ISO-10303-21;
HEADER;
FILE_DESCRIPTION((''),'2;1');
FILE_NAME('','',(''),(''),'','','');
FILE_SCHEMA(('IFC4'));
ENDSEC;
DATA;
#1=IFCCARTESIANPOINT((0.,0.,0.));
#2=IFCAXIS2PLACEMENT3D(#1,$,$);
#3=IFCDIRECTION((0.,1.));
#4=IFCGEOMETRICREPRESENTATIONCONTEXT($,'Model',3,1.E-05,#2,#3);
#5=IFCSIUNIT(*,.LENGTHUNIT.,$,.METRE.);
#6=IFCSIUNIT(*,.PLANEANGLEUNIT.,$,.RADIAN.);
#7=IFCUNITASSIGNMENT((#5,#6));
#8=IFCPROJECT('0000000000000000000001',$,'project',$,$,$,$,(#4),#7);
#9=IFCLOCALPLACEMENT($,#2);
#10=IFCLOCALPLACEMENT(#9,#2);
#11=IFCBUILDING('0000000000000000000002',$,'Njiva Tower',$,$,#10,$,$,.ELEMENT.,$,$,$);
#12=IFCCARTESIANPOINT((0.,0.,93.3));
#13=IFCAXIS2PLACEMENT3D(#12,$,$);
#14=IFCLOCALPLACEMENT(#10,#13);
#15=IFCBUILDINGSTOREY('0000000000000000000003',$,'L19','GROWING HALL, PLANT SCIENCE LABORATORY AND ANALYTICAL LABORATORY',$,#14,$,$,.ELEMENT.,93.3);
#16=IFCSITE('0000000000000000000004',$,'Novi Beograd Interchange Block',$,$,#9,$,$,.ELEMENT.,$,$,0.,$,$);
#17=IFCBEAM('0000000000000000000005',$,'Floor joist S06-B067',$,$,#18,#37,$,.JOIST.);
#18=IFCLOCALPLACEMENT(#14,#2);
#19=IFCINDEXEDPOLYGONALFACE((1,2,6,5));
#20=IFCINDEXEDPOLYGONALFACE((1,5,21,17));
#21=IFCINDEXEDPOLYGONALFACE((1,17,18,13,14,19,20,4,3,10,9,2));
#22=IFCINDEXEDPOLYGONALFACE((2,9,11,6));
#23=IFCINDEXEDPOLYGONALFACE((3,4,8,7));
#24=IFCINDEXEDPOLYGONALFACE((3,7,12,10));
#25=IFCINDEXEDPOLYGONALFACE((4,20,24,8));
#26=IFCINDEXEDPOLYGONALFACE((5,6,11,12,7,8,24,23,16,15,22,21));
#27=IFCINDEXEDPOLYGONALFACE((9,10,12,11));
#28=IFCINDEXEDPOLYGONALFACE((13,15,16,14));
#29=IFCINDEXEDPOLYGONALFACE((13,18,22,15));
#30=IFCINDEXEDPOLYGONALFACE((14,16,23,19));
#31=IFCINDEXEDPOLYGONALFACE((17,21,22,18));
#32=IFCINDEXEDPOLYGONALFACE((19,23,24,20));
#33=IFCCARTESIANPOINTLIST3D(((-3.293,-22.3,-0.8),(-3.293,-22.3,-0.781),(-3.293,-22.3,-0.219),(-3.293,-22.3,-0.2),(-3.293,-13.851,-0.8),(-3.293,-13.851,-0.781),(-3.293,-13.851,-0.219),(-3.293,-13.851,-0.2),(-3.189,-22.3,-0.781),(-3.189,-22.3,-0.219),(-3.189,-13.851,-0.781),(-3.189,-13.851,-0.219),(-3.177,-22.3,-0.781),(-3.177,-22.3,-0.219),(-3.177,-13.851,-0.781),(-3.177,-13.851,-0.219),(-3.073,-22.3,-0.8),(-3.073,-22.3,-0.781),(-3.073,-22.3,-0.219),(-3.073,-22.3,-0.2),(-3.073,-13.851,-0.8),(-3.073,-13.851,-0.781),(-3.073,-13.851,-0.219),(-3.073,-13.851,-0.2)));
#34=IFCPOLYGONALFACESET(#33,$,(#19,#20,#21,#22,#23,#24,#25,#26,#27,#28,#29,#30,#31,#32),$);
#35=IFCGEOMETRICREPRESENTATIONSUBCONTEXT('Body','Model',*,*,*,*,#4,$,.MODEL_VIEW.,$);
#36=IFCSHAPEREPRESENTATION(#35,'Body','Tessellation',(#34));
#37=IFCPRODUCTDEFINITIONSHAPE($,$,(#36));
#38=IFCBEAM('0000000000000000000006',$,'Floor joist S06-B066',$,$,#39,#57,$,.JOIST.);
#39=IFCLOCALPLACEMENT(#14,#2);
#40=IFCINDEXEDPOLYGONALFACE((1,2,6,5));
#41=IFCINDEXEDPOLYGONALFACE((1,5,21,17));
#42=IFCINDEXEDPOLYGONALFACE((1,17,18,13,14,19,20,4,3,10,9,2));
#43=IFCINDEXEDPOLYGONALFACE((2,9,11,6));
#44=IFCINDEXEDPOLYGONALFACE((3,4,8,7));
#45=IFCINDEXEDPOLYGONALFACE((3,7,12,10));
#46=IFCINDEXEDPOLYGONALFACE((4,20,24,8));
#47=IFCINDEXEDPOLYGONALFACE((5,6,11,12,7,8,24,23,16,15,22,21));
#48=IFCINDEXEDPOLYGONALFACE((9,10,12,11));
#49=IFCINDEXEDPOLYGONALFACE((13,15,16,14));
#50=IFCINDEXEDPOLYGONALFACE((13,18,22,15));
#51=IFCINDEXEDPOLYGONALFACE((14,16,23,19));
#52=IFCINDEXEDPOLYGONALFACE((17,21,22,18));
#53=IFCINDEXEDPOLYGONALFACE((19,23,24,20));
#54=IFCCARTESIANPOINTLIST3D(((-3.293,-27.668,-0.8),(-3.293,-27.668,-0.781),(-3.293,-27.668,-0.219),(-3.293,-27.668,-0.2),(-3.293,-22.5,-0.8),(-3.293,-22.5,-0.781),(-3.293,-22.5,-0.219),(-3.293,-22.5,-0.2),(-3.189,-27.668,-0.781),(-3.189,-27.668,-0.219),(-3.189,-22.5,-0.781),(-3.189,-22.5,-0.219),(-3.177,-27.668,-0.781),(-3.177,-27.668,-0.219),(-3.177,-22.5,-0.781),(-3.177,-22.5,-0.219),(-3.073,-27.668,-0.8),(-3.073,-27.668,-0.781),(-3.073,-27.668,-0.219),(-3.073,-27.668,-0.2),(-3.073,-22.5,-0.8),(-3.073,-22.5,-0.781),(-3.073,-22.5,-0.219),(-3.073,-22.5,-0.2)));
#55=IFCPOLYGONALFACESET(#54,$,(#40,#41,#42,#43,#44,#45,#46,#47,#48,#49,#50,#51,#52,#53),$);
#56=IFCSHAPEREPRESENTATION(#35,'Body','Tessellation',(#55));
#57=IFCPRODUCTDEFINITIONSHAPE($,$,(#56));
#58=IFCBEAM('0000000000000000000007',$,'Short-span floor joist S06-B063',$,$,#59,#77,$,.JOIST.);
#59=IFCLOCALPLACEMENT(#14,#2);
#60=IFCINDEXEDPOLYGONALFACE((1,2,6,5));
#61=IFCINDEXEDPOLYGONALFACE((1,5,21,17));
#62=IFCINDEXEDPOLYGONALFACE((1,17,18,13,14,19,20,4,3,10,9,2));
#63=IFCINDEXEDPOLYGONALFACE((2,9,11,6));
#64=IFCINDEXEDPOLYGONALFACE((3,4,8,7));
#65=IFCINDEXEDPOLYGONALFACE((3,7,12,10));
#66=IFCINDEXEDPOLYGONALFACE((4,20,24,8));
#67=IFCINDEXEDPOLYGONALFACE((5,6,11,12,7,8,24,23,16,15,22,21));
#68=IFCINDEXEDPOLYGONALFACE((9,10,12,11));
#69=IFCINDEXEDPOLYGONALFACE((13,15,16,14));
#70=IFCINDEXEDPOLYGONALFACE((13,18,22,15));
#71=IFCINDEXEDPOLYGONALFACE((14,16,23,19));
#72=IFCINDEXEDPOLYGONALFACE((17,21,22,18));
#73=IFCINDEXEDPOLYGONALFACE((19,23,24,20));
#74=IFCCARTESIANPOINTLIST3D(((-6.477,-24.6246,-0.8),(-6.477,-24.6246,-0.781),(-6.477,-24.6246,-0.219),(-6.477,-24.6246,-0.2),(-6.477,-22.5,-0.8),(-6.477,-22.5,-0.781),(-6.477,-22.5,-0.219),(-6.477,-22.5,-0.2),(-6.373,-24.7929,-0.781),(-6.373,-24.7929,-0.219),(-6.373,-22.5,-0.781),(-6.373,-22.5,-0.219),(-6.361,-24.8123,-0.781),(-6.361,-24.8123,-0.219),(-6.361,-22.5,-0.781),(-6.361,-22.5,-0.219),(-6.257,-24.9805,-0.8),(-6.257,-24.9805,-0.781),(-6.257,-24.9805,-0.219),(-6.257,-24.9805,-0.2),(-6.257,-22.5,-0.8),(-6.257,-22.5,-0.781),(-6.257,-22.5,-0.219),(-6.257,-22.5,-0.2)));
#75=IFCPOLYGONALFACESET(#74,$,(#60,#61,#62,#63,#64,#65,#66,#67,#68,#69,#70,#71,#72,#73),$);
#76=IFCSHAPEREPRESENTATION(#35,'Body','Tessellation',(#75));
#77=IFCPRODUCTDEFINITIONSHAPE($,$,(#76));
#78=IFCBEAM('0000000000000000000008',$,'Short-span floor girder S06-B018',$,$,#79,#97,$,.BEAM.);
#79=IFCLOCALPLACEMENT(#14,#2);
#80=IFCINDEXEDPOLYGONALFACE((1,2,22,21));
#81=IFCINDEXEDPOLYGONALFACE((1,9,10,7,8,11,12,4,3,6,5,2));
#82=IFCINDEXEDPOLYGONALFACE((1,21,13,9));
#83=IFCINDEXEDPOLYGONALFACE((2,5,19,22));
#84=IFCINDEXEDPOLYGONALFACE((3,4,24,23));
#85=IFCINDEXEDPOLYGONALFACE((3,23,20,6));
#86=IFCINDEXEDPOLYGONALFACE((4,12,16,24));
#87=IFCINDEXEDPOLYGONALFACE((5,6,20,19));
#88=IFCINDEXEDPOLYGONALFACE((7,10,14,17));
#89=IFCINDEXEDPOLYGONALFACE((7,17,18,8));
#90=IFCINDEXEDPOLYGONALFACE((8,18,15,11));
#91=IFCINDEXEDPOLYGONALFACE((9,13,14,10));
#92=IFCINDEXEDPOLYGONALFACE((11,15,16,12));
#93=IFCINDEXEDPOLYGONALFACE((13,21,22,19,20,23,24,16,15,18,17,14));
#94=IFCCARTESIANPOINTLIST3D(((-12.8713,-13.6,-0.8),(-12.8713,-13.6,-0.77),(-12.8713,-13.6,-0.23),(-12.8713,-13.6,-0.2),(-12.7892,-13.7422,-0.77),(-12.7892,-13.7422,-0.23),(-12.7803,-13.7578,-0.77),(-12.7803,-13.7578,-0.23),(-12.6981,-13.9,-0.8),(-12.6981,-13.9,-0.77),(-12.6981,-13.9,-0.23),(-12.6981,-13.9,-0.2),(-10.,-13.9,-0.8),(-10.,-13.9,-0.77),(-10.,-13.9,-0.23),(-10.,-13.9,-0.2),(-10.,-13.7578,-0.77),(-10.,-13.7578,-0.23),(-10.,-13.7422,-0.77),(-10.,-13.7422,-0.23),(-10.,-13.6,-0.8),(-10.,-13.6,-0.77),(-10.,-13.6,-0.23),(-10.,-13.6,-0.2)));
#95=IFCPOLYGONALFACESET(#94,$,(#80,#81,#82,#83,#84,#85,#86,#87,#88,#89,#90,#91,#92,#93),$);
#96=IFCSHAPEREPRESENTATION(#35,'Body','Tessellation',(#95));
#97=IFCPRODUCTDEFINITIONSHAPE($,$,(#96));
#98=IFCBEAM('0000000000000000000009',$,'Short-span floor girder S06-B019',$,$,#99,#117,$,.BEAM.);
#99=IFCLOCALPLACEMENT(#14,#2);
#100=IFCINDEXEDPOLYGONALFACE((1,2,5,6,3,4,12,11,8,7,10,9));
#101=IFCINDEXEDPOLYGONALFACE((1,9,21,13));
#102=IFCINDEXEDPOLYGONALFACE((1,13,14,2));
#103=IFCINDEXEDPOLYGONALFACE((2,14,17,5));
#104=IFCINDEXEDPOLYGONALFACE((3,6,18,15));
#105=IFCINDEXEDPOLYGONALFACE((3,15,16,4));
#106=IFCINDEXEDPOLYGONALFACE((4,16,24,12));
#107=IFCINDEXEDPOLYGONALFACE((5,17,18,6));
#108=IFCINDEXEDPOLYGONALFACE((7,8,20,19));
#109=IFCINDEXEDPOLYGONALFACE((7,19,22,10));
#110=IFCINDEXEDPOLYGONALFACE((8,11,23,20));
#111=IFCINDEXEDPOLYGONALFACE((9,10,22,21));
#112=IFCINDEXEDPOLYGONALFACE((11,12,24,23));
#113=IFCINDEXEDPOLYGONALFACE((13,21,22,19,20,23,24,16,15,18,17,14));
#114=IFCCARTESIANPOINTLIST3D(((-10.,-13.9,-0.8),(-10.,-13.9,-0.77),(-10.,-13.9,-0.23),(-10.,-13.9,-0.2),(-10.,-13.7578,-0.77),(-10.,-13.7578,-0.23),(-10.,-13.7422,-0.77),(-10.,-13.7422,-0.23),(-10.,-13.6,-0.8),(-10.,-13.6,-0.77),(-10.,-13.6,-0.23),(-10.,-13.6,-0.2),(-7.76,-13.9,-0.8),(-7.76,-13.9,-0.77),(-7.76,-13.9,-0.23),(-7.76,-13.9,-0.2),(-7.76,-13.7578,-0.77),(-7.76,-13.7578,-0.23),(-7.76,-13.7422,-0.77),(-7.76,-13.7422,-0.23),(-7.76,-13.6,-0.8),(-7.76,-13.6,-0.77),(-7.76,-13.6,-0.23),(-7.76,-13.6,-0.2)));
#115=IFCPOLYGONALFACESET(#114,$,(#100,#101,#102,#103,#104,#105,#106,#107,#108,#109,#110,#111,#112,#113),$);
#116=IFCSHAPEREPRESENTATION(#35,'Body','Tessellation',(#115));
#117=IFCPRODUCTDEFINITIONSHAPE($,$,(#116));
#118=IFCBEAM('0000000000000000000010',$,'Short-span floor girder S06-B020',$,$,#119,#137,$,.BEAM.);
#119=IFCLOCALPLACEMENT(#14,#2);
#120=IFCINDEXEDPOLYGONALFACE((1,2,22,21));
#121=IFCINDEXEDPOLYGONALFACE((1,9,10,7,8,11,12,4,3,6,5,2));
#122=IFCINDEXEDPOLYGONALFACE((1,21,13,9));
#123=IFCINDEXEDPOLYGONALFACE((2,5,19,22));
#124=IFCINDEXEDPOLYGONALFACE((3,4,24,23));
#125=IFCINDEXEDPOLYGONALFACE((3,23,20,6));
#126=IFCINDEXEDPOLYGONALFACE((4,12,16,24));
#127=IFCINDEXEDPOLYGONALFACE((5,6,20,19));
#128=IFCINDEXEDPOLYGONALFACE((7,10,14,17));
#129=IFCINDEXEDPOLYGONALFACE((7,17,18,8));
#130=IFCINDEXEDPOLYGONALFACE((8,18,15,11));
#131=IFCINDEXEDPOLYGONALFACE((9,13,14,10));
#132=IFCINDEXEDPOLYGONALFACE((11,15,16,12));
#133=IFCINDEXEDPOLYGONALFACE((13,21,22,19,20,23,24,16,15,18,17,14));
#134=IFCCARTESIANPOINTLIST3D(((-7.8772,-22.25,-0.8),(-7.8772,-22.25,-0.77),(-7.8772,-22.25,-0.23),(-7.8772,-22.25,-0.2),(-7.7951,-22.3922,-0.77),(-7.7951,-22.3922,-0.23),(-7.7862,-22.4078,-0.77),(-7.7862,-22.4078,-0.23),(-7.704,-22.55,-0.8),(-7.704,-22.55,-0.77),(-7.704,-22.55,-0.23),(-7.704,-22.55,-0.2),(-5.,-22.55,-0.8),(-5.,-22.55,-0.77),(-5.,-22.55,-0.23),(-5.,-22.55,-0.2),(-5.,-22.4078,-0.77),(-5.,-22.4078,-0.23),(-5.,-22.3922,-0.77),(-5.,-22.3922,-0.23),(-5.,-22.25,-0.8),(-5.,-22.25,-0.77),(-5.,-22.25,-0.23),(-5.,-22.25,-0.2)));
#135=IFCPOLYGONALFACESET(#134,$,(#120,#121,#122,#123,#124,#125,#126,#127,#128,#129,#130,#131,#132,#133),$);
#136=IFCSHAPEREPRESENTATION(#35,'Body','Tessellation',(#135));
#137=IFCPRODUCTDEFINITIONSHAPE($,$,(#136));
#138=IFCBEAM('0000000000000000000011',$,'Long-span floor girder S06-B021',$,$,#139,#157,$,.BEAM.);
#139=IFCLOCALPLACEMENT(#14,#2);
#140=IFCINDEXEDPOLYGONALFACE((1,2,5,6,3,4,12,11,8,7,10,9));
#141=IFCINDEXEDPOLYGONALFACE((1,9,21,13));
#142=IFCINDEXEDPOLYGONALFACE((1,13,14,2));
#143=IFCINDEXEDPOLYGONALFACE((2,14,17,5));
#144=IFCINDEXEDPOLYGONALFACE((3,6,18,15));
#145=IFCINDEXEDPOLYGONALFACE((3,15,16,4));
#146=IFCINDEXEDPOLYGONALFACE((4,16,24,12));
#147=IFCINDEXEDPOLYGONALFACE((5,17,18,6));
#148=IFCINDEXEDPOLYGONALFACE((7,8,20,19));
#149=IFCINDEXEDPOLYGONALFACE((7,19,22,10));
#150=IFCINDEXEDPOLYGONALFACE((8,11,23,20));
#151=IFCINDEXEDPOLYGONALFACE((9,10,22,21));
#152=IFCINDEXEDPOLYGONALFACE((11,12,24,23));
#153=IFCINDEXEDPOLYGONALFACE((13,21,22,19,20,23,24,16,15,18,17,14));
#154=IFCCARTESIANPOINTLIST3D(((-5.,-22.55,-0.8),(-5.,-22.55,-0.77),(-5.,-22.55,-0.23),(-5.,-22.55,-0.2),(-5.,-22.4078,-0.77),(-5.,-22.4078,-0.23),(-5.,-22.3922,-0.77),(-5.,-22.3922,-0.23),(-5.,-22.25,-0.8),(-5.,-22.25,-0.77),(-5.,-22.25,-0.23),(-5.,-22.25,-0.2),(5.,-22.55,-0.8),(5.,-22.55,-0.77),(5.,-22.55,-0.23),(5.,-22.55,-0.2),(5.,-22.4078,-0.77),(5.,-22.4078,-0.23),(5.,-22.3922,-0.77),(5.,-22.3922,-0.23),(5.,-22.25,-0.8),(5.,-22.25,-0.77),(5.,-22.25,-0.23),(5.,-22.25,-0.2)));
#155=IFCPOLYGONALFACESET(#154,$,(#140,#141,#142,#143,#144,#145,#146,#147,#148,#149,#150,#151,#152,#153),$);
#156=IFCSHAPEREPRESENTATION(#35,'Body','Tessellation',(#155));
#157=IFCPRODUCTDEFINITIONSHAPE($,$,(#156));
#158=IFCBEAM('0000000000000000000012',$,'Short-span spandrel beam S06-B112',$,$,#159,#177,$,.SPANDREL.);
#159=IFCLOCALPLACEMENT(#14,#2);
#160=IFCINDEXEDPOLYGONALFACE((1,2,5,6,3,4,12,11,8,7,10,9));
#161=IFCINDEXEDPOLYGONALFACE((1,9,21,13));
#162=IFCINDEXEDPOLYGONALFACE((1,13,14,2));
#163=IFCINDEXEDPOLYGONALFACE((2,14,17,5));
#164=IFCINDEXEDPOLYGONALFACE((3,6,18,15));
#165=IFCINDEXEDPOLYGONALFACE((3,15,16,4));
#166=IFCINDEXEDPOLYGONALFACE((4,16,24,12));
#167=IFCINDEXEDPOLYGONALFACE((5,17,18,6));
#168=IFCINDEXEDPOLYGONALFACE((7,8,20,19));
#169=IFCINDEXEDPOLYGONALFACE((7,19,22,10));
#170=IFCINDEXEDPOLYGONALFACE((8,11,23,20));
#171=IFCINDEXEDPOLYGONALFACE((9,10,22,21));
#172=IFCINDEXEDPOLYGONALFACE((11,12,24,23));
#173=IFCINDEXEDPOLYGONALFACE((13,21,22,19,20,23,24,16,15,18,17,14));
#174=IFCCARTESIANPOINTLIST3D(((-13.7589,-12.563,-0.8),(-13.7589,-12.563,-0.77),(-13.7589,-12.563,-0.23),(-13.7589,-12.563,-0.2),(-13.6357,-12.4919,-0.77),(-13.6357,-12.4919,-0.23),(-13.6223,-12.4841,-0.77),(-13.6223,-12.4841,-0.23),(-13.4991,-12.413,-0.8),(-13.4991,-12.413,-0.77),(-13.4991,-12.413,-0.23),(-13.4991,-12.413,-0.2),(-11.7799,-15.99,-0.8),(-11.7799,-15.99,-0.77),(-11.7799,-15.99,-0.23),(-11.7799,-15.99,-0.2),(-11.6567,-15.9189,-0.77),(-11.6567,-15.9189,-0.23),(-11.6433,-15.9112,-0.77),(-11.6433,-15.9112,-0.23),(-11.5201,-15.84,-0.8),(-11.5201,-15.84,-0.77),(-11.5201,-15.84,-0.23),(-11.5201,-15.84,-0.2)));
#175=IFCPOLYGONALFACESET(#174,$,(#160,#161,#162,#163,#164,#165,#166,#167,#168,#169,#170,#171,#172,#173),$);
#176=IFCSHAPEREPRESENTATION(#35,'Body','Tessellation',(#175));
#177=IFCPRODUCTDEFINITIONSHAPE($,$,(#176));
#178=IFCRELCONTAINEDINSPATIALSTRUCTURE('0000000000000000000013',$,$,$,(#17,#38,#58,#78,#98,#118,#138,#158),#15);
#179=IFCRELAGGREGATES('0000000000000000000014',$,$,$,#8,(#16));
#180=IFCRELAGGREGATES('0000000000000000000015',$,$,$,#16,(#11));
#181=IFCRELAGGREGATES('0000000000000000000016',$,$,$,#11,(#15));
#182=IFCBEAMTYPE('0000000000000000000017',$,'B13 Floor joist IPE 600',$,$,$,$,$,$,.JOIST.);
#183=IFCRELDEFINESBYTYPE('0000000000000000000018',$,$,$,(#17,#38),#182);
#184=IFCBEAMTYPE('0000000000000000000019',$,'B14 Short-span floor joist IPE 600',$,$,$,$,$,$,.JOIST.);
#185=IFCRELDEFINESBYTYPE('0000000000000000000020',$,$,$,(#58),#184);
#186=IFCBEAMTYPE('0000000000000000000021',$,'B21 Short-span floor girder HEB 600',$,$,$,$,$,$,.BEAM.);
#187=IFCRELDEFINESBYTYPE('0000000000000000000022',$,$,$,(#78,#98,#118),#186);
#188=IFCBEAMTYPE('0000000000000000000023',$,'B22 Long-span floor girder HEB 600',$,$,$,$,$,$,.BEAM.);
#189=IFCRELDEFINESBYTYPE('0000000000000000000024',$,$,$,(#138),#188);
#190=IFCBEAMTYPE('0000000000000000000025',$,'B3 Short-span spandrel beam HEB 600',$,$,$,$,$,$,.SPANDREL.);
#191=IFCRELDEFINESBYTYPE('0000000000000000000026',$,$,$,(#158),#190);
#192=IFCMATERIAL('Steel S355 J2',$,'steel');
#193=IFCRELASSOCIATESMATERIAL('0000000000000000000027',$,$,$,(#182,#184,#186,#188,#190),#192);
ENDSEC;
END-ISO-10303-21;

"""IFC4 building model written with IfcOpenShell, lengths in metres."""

from ifc_helpers import new_model, si_unit, direction, frame, origin, origin_2d, place, context, subcontext, project, spatial, i_section, extrude, clip, halfspace, material, material_profile, profile_set, type_object, element, save


model = new_model("IFC4")

# Units and contexts
model_context = context("Model", 3, precision=1e-05, world=origin(), true_north=direction((0.0, 1.0)))
body_context = subcontext(model_context, "Body", "Model", "MODEL_VIEW")
ifc_project = project(units=[si_unit("LENGTHUNIT", "METRE"), si_unit("PLANEANGLEUNIT", "RADIAN")], contexts=[model_context])

# Site, building, storey
site_placement = place(None, origin())
site = spatial("IfcSite", under=ifc_project, at=site_placement, Name="Novi Beograd Interchange Block", CompositionType="ELEMENT", RefElevation=0.0)
building_placement = place(site_placement, origin())
building = spatial("IfcBuilding", under=site, at=building_placement, Name="Njiva Tower", CompositionType="ELEMENT")
storey_placement = place(building_placement, frame((0.0, 0.0, 93.3)))
storey = spatial("IfcBuildingStorey", under=building, at=storey_placement, Name="L19", Description="GROWING HALL, PLANT SCIENCE LABORATORY AND ANALYTICAL LABORATORY", CompositionType="ELEMENT", Elevation=93.3)

# Shared definitions
ifc_material_1 = material(Name="Steel S355 J2", Category="steel")

# Beams
ifc_material_profile_1 = material_profile(ifc_material_1, i_section(OverallWidth=0.22, OverallDepth=0.6, WebThickness=0.012, FlangeThickness=0.019, at=origin_2d()), Name="IPE 600")
ifc_profile_set_1 = profile_set([ifc_material_profile_1], Name="Steel S355 J2")
beam_type_1 = type_object("IfcBeamType", Name="B13 Floor joist IPE 600", PredefinedType="JOIST", material=ifc_profile_set_1)
for number, where, z_axis, x_axis, name in (
    (1, (-3.183, -13.851, -0.5), (0.0, -1.0, 0.0), (1.0, 0.0, 0.0), "Floor joist S06-B067"),
):
    element("IfcBeam", number, at=place(storey_placement, frame(where, z_axis=z_axis, x_axis=x_axis)), inside=storey, type_object=beam_type_1, Name=name, PredefinedType="JOIST", context=body_context, shape_type="SweptSolid", body=[
        extrude(i_section(OverallWidth=0.22, OverallDepth=0.6, WebThickness=0.012, FlangeThickness=0.019, at=origin_2d()), origin(), (0.0, 0.0, 1.0), 8.449),
    ])
beam_1_placement = place(storey_placement, frame((-3.183, -22.5, -0.5), z_axis=(0.0, -1.0, 0.0), x_axis=(1.0, 0.0, 0.0)))
element("IfcBeam", 2, at=beam_1_placement, inside=storey, type_object=beam_type_1, Name="Floor joist S06-B066", PredefinedType="JOIST", context=body_context, shape_type="SweptSolid", body=[
    extrude(i_section(OverallWidth=0.22, OverallDepth=0.6, WebThickness=0.012, FlangeThickness=0.019, at=origin_2d()), origin(), (0.0, 0.0, 1.0), 5.168),
])
ifc_material_profile_2 = material_profile(ifc_material_1, i_section(OverallWidth=0.22, OverallDepth=0.6, WebThickness=0.012, FlangeThickness=0.019, at=origin_2d()), Name="IPE 600")
ifc_profile_set_2 = profile_set([ifc_material_profile_2], Name="Steel S355 J2")
beam_type_2 = type_object("IfcBeamType", Name="B14 Short-span floor joist IPE 600", PredefinedType="JOIST", material=ifc_profile_set_2)
beam_2_placement = place(storey_placement, frame((-6.367, -22.5, -0.5), z_axis=(0.0, -1.0, 0.0), x_axis=(1.0, 0.0, 0.0)))
element("IfcBeam", 3, at=beam_2_placement, inside=storey, type_object=beam_type_2, Name="Short-span floor joist S06-B063", PredefinedType="JOIST", context=body_context, shape_type="Clipping", body=[
    clip(extrude(i_section(OverallWidth=0.22, OverallDepth=0.6, WebThickness=0.012, FlangeThickness=0.019, at=origin_2d()), origin(), (0.0, 0.0, 1.0), 2.501), halfspace(frame((-0.0422, 0.0, 2.2343), z_axis=(-0.850616, 0.0, 0.525788), x_axis=(0.0, 1.0, 0.0)), False)),
])
ifc_material_profile_3 = material_profile(ifc_material_1, i_section(OverallWidth=0.3, OverallDepth=0.6, WebThickness=0.0155, FlangeThickness=0.03, at=origin_2d()), Name="HEB 600")
ifc_profile_set_3 = profile_set([ifc_material_profile_3], Name="Steel S355 J2")
beam_type_3 = type_object("IfcBeamType", Name="B21 Short-span floor girder HEB 600", PredefinedType="BEAM", material=ifc_profile_set_3)
beam_3_placement = place(storey_placement, frame((-12.892, -13.75, -0.5), z_axis=(1.0, 0.0, 0.0), x_axis=(0.0, 1.0, 0.0)))
element("IfcBeam", 4, at=beam_3_placement, inside=storey, type_object=beam_type_3, Name="Short-span floor girder S06-B018", PredefinedType="BEAM", context=body_context, shape_type="Clipping", body=[
    clip(extrude(i_section(OverallWidth=0.3, OverallDepth=0.6, WebThickness=0.0155, FlangeThickness=0.03, at=origin_2d()), origin(), (0.0, 0.0, 1.0), 2.892), halfspace(frame((-0.025, 0.0, 0.1217), z_axis=(-0.499998, 0.0, -0.866027), x_axis=(0.0, -1.0, 0.0)), False)),
])
beam_4_placement = place(storey_placement, frame((-10.0, -13.75, -0.5), z_axis=(1.0, 0.0, 0.0), x_axis=(0.0, 1.0, 0.0)))
element("IfcBeam", 5, at=beam_4_placement, inside=storey, type_object=beam_type_3, Name="Short-span floor girder S06-B019", PredefinedType="BEAM", context=body_context, shape_type="SweptSolid", body=[
    extrude(i_section(OverallWidth=0.3, OverallDepth=0.6, WebThickness=0.0155, FlangeThickness=0.03, at=origin_2d()), origin(), (0.0, 0.0, 1.0), 2.24),
])
beam_5_placement = place(storey_placement, frame((-7.898, -22.4, -0.5), z_axis=(1.0, 0.0, 0.0), x_axis=(0.0, 1.0, 0.0)))
element("IfcBeam", 6, at=beam_5_placement, inside=storey, type_object=beam_type_3, Name="Short-span floor girder S06-B020", PredefinedType="BEAM", context=body_context, shape_type="Clipping", body=[
    clip(extrude(i_section(OverallWidth=0.3, OverallDepth=0.6, WebThickness=0.0155, FlangeThickness=0.03, at=origin_2d()), origin(), (0.0, 0.0, 1.0), 2.898), halfspace(frame((-0.025, 0.0, 0.1218), z_axis=(-0.499998, 0.0, -0.866027), x_axis=(0.0, -1.0, 0.0)), False)),
])
ifc_material_profile_4 = material_profile(ifc_material_1, i_section(OverallWidth=0.3, OverallDepth=0.6, WebThickness=0.0155, FlangeThickness=0.03, at=origin_2d()), Name="HEB 600")
ifc_profile_set_4 = profile_set([ifc_material_profile_4], Name="Steel S355 J2")
beam_type_4 = type_object("IfcBeamType", Name="B22 Long-span floor girder HEB 600", PredefinedType="BEAM", material=ifc_profile_set_4)
beam_6_placement = place(storey_placement, frame((-5.0, -22.4, -0.5), z_axis=(1.0, 0.0, 0.0), x_axis=(0.0, 1.0, 0.0)))
element("IfcBeam", 7, at=beam_6_placement, inside=storey, type_object=beam_type_4, Name="Long-span floor girder S06-B021", PredefinedType="BEAM", context=body_context, shape_type="SweptSolid", body=[
    extrude(i_section(OverallWidth=0.3, OverallDepth=0.6, WebThickness=0.0155, FlangeThickness=0.03, at=origin_2d()), origin(), (0.0, 0.0, 1.0), 10.0),
])
ifc_material_profile_5 = material_profile(ifc_material_1, i_section(OverallWidth=0.3, OverallDepth=0.6, WebThickness=0.0155, FlangeThickness=0.03, at=origin_2d()), Name="HEB 600")
ifc_profile_set_5 = profile_set([ifc_material_profile_5], Name="Steel S355 J2")
beam_type_5 = type_object("IfcBeamType", Name="B3 Short-span spandrel beam HEB 600", PredefinedType="SPANDREL", material=ifc_profile_set_5)
beam_7_placement = place(storey_placement, frame((-13.629, -12.488, -0.5), z_axis=(0.50008, -0.865979, 0.0), x_axis=(0.865979, 0.50008, 0.0)))
element("IfcBeam", 8, at=beam_7_placement, inside=storey, type_object=beam_type_5, Name="Short-span spandrel beam S06-B112", PredefinedType="SPANDREL", context=body_context, shape_type="SweptSolid", body=[
    extrude(i_section(OverallWidth=0.3, OverallDepth=0.6, WebThickness=0.0155, FlangeThickness=0.03, at=origin_2d()), origin(), (0.0, 0.0, 1.0), 3.9574),
])

save(model, "model.ifc")
